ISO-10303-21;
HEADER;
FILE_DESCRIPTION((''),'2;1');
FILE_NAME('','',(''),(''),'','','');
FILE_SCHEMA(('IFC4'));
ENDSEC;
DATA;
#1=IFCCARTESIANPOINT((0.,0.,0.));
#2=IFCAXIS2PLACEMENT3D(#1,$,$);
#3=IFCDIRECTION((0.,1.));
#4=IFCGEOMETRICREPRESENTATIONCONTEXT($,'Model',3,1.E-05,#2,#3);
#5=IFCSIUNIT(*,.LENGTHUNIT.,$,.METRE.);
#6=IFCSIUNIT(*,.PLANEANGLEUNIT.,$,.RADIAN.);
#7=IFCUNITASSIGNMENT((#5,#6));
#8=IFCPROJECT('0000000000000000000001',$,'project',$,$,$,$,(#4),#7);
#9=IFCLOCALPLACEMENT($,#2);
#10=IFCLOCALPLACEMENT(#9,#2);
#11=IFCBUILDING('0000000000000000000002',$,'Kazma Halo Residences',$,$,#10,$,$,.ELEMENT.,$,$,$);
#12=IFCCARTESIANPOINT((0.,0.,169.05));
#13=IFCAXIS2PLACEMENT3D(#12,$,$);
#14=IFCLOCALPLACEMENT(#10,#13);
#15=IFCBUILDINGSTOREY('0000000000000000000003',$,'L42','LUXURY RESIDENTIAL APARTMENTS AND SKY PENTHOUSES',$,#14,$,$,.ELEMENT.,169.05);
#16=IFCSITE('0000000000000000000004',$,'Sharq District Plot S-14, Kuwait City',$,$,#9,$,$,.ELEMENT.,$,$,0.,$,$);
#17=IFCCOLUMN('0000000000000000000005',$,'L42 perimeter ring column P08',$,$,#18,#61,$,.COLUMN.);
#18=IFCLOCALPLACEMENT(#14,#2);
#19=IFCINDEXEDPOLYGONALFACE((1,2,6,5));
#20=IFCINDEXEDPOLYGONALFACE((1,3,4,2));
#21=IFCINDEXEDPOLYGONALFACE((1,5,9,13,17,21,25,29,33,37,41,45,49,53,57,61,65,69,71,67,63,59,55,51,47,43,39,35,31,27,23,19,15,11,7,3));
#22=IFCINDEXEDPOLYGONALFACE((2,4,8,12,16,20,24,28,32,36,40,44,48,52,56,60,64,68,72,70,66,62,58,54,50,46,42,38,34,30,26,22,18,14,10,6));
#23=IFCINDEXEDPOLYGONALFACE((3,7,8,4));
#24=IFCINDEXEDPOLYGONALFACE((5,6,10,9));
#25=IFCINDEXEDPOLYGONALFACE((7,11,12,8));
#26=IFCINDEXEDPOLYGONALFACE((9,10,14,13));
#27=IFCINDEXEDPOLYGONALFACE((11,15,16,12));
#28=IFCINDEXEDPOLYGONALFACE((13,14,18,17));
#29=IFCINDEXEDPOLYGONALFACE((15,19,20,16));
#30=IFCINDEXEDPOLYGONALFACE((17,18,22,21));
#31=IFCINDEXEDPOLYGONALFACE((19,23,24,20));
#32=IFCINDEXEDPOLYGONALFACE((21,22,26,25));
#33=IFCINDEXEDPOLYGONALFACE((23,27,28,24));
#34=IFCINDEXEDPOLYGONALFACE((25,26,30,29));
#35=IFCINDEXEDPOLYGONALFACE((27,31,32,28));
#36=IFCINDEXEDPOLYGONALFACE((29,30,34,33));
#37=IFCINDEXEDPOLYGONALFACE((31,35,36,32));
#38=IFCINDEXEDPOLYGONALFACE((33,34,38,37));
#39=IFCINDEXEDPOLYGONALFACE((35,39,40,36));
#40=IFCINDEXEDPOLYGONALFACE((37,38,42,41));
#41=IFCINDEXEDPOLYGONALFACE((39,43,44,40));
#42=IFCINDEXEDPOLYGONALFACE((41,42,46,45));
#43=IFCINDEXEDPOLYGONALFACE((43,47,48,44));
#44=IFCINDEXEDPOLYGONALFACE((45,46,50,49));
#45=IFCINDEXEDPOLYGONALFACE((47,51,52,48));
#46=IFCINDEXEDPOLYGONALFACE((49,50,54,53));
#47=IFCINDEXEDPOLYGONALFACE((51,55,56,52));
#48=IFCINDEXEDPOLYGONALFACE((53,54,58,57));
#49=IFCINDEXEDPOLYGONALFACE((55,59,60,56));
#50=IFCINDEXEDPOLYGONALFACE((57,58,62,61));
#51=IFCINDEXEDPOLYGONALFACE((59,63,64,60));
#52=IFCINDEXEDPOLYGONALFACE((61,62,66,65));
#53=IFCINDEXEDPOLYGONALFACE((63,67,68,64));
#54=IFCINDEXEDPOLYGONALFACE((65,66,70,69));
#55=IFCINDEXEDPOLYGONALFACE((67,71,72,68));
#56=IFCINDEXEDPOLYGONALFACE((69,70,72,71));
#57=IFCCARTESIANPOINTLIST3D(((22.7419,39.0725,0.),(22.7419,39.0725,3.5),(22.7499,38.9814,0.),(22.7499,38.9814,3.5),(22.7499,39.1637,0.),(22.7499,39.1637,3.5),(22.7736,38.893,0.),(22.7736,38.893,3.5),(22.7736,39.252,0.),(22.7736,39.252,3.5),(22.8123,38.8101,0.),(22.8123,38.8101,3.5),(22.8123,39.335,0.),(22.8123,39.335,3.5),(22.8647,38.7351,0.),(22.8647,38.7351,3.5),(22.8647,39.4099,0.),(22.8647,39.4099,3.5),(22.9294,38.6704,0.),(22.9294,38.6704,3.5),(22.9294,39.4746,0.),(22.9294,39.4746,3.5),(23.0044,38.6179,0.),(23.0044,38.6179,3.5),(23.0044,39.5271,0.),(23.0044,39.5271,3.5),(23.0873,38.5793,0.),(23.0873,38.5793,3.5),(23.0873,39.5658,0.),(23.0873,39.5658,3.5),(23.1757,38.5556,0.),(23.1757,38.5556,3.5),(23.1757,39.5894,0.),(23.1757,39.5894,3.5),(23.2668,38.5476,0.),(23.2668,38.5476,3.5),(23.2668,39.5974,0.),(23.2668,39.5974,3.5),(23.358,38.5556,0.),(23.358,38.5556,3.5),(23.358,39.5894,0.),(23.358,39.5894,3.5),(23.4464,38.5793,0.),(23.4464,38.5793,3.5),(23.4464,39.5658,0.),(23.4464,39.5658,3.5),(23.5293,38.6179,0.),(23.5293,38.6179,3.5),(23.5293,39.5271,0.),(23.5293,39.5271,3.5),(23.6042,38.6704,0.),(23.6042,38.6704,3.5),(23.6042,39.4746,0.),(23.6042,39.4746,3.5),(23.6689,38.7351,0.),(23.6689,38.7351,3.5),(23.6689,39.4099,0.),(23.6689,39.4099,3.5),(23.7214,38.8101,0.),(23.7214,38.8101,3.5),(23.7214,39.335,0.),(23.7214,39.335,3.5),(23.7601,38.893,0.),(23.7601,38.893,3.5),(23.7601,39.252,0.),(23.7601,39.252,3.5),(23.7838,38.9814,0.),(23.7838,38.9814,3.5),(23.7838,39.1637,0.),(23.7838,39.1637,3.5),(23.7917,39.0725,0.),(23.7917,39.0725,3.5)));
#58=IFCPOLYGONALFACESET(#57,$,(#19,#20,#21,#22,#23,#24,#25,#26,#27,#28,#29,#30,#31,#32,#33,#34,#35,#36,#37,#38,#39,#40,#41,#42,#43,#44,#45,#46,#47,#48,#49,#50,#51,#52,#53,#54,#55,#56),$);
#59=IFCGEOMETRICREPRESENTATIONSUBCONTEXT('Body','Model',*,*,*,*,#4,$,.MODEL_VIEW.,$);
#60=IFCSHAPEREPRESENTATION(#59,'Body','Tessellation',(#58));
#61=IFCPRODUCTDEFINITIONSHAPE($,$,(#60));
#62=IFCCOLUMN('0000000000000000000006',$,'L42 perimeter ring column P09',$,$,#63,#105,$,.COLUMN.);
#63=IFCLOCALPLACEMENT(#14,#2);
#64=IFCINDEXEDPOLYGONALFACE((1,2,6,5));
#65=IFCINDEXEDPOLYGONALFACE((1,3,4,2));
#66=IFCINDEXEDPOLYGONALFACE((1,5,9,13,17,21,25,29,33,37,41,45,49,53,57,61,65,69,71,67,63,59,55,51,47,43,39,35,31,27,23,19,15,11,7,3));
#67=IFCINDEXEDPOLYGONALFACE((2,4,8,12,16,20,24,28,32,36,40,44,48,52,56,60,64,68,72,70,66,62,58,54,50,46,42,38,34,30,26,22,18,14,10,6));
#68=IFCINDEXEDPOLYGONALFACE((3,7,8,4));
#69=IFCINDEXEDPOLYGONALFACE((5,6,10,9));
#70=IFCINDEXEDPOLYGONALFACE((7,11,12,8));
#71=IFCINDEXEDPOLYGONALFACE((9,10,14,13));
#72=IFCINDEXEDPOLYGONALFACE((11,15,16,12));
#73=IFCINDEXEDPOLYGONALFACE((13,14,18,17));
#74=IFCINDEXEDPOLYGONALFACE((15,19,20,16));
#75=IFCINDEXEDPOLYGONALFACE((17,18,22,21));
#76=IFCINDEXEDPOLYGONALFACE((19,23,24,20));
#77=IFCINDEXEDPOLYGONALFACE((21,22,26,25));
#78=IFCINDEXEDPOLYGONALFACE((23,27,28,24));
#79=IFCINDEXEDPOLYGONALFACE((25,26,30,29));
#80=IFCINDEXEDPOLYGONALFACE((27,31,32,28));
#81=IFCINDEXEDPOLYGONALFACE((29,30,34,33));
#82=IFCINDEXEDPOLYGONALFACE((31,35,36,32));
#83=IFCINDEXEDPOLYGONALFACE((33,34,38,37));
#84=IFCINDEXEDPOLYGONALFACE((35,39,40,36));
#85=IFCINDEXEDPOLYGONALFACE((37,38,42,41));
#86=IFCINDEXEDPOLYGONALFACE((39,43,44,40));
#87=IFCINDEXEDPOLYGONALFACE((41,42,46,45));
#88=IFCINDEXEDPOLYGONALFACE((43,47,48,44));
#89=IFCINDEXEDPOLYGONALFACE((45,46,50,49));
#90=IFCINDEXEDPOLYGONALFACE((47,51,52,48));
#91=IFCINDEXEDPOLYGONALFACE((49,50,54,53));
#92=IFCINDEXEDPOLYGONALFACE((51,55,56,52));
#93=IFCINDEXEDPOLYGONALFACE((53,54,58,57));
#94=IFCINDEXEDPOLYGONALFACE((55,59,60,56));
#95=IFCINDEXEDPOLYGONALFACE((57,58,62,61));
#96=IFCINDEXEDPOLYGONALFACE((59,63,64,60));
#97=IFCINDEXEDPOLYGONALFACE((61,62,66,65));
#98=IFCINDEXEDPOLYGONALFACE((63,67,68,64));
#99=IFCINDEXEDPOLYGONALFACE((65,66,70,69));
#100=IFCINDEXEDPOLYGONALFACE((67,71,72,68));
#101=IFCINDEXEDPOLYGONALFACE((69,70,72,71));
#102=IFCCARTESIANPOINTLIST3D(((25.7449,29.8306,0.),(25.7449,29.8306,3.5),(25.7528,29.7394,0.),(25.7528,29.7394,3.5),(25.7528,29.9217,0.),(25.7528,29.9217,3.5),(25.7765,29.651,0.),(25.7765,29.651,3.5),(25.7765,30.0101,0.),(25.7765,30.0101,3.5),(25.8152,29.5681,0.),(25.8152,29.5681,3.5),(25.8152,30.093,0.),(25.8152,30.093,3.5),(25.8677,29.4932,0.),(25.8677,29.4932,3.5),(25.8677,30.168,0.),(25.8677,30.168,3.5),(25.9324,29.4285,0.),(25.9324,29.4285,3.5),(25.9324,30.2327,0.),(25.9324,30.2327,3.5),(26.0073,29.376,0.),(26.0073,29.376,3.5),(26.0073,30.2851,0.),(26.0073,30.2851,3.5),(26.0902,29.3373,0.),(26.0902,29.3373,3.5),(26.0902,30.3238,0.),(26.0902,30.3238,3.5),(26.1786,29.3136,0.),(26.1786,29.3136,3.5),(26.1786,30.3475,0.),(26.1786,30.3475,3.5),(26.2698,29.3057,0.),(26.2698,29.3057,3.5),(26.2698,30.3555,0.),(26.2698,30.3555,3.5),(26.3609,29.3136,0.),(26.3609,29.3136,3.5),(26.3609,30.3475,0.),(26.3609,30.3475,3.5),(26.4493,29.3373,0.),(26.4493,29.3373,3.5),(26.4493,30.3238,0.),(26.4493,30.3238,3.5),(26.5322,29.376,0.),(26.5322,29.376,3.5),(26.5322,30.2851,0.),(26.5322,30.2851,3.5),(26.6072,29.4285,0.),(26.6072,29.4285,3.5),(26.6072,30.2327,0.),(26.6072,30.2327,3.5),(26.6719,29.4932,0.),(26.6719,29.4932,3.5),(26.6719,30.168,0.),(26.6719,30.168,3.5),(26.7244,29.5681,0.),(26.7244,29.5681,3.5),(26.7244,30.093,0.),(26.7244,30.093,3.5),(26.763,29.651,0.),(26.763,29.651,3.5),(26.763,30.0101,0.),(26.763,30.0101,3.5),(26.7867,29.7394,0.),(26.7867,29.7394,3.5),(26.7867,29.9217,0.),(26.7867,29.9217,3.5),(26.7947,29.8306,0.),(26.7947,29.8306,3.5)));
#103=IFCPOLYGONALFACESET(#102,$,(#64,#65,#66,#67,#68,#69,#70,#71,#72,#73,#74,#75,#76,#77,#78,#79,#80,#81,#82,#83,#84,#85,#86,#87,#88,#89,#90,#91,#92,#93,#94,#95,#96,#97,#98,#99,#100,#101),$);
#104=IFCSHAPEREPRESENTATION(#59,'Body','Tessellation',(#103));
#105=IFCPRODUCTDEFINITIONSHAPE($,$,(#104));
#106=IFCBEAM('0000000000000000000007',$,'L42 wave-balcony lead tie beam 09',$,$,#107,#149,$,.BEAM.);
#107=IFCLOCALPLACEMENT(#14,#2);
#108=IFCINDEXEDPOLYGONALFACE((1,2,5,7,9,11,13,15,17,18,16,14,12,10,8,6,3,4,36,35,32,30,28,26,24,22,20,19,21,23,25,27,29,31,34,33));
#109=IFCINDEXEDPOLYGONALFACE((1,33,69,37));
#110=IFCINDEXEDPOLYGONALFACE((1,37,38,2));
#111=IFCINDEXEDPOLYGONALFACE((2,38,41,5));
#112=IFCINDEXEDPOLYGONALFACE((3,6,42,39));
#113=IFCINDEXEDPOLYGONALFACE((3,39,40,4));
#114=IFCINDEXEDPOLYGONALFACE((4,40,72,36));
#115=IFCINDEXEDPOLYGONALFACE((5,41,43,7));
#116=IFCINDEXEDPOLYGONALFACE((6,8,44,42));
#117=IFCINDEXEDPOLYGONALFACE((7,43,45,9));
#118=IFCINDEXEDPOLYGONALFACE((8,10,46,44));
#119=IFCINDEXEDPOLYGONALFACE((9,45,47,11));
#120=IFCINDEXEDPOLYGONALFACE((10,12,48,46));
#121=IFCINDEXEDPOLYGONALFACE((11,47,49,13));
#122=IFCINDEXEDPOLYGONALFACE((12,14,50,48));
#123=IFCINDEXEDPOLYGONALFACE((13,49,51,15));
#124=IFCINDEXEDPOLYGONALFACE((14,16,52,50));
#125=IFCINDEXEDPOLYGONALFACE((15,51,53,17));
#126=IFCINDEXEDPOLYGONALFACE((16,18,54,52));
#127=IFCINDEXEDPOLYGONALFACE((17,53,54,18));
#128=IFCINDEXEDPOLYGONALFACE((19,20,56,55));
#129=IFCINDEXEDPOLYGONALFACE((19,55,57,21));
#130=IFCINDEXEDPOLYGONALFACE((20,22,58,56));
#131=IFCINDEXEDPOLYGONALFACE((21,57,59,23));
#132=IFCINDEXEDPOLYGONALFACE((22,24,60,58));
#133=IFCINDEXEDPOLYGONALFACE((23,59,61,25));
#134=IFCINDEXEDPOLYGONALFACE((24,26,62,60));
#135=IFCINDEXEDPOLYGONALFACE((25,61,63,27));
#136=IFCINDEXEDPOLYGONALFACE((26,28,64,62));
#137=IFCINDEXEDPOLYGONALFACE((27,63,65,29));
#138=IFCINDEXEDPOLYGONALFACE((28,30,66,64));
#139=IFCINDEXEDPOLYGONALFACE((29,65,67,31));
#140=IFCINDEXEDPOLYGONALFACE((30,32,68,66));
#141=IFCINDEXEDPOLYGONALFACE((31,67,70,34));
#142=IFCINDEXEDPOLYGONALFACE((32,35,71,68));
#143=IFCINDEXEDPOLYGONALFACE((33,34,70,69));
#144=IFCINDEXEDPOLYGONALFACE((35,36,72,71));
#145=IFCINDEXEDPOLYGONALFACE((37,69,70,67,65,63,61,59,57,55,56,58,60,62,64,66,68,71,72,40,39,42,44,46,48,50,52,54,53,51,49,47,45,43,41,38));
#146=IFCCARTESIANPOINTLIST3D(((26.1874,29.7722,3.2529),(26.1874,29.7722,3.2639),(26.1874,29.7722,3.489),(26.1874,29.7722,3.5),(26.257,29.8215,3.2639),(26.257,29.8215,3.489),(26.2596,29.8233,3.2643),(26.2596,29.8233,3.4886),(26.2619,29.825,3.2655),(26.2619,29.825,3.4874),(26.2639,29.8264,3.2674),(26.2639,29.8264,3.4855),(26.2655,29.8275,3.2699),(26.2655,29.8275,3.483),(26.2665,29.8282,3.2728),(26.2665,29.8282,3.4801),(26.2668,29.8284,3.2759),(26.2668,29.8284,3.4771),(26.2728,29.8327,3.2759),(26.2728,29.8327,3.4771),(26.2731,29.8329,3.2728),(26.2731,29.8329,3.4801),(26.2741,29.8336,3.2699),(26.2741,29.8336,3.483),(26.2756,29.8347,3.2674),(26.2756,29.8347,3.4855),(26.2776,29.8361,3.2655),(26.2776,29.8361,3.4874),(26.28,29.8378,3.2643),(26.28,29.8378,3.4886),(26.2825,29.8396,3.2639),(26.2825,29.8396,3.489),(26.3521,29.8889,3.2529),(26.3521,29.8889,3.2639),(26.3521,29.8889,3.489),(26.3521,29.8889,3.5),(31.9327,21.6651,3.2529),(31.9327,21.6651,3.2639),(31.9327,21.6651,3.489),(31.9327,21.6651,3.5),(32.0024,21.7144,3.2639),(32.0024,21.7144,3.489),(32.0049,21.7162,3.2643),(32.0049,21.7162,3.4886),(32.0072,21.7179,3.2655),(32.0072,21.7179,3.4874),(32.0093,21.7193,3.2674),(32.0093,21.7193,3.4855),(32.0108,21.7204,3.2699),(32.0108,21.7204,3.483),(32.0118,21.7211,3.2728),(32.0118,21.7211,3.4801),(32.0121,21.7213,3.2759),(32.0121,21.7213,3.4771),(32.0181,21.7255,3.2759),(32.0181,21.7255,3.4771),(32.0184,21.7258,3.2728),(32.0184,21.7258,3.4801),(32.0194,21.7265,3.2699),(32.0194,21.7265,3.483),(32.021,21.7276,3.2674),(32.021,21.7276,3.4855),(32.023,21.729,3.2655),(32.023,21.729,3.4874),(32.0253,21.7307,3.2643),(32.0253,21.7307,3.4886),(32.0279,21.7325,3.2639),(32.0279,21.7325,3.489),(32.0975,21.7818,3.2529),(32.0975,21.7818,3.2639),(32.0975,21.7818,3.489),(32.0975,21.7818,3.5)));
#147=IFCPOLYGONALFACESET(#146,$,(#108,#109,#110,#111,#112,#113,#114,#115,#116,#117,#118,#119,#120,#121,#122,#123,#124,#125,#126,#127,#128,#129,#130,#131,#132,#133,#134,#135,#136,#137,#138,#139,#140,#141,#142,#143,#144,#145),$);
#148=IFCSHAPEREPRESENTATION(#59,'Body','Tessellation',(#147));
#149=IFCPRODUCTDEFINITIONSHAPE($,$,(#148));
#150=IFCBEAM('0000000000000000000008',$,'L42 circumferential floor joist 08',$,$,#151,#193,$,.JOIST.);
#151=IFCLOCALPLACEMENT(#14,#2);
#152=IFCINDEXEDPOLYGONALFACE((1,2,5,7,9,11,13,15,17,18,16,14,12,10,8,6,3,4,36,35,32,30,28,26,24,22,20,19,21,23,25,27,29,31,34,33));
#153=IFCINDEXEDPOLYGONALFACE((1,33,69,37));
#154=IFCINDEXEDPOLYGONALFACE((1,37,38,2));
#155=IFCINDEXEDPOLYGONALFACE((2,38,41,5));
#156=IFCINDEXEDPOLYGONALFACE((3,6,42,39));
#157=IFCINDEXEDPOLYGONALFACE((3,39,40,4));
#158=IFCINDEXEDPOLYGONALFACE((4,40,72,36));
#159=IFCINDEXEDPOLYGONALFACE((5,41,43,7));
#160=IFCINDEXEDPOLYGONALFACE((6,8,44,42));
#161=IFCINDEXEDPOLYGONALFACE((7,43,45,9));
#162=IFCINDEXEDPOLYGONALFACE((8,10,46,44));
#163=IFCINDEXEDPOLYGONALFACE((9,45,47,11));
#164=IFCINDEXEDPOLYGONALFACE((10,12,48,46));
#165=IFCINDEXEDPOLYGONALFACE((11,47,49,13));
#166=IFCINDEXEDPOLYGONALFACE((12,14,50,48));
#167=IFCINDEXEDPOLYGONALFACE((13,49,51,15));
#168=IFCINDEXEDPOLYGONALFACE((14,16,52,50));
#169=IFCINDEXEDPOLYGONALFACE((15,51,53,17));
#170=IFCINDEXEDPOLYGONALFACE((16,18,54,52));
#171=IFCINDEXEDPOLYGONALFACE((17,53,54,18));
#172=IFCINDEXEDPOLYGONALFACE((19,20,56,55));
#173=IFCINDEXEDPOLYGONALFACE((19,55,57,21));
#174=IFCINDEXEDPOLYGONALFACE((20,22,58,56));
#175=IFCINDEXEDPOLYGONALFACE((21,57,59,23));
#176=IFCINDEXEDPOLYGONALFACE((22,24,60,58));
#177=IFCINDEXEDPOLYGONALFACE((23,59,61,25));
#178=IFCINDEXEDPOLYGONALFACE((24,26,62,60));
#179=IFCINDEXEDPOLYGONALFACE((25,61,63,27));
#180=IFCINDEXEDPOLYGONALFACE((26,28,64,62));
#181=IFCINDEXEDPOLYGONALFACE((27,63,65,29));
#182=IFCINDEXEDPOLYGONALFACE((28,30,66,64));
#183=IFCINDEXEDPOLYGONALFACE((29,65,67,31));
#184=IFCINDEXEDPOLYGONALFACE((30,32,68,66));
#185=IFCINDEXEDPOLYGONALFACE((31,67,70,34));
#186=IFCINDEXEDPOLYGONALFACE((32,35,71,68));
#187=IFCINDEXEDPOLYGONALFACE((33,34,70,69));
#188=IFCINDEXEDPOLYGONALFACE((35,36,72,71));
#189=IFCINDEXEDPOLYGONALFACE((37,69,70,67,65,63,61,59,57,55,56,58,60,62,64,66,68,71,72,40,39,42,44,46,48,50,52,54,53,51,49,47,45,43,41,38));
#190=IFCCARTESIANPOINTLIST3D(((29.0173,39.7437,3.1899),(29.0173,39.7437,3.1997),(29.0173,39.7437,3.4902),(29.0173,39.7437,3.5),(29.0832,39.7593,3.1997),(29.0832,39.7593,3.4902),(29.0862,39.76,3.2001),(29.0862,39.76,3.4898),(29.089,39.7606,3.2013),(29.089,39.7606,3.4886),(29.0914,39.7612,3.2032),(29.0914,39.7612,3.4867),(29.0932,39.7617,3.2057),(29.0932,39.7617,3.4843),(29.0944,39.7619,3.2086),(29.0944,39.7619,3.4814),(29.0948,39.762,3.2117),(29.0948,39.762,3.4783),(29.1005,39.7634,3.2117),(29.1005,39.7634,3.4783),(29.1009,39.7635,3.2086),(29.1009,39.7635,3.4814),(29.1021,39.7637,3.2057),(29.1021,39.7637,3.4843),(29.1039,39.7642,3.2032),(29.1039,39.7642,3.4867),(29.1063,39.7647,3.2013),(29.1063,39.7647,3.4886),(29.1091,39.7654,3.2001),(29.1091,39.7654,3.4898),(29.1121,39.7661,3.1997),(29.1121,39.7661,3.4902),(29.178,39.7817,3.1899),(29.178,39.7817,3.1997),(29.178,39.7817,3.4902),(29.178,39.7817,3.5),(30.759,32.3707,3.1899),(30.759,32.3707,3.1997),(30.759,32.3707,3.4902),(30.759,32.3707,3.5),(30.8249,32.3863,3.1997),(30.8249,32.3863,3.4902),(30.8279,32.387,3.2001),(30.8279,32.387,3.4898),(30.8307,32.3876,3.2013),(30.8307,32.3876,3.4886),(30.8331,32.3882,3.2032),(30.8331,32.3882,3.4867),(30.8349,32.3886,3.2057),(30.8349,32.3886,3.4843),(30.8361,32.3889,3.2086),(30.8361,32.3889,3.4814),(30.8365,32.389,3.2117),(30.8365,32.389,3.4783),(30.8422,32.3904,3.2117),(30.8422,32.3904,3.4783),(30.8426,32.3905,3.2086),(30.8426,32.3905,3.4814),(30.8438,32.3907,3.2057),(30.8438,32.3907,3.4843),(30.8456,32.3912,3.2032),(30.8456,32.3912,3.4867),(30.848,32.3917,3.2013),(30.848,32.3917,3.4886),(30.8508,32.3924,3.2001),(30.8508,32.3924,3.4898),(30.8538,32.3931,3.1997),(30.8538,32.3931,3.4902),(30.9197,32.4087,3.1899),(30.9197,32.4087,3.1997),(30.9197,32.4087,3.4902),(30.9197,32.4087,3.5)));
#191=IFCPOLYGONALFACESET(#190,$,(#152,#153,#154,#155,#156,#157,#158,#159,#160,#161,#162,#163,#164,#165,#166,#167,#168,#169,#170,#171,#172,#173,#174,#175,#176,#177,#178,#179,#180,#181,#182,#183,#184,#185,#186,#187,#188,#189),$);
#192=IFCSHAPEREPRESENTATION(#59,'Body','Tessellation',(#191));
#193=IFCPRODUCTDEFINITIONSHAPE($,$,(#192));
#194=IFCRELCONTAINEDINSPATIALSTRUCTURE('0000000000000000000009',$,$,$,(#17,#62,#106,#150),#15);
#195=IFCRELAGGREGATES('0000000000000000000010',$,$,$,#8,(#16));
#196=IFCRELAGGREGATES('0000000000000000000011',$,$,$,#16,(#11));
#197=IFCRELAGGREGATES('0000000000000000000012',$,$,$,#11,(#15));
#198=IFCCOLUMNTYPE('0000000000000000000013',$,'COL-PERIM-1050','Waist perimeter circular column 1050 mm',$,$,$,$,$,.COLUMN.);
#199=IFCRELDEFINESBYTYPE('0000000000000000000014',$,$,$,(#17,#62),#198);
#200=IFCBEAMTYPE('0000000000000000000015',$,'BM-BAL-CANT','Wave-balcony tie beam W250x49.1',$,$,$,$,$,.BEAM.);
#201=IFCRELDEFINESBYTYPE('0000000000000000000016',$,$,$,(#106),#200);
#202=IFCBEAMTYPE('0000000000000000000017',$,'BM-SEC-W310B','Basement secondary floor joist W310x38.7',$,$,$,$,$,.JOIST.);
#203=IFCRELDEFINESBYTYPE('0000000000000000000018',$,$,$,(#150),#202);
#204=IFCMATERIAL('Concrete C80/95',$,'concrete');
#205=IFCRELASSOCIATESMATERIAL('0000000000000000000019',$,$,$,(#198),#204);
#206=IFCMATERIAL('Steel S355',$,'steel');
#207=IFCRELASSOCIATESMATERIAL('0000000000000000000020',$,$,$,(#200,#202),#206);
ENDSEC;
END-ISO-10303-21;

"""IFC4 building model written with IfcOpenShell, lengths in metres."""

from ifc_helpers import new_model, si_unit, direction, frame, origin, origin_2d, place, context, subcontext, project, spatial, circle, i_section, extrude, material, material_profile, profile_set, type_object, element, save


model = new_model("IFC4")

# Units and contexts
model_context = context("Model", 3, precision=1e-05, world=origin(), true_north=direction((0.0, 1.0)))
body_context = subcontext(model_context, "Body", "Model", "MODEL_VIEW")
ifc_project = project(units=[si_unit("LENGTHUNIT", "METRE"), si_unit("PLANEANGLEUNIT", "RADIAN")], contexts=[model_context])

# Site, building, storey
site_placement = place(None, origin())
site = spatial("IfcSite", under=ifc_project, at=site_placement, Name="Sharq District Plot S-14, Kuwait City", CompositionType="ELEMENT", RefElevation=0.0)
building_placement = place(site_placement, origin())
building = spatial("IfcBuilding", under=site, at=building_placement, Name="Kazma Halo Residences", CompositionType="ELEMENT")
storey_placement = place(building_placement, frame((0.0, 0.0, 169.05)))
storey = spatial("IfcBuildingStorey", under=building, at=storey_placement, Name="L42", Description="LUXURY RESIDENTIAL APARTMENTS AND SKY PENTHOUSES", CompositionType="ELEMENT", Elevation=169.05)

# Columns
ifc_material_1 = material(Name="Concrete C80/95", Category="concrete")
ifc_material_profile_1 = material_profile(ifc_material_1, circle(Radius=0.5249, at=origin_2d()), Name="CIRC1050")
ifc_profile_set_1 = profile_set([ifc_material_profile_1], Name="Concrete C80/95")
column_type = type_object("IfcColumnType", Name="COL-PERIM-1050", Description="Waist perimeter circular column 1050 mm", PredefinedType="COLUMN", material=ifc_profile_set_1)
for number, where, z_axis, x_axis, name in (
    (1, (23.2668, 39.0725, 0.0), (0.0, 0.0, 1.0), (1.0, 0.0, 0.0), "L42 perimeter ring column P08"),
    (2, (26.2698, 29.8306, 0.0), (0.0, 0.0, 1.0), (1.0, 0.0, 0.0), "L42 perimeter ring column P09"),
):
    element("IfcColumn", number, at=place(storey_placement, frame(where, z_axis=z_axis, x_axis=x_axis)), inside=storey, type_object=column_type, Name=name, PredefinedType="COLUMN", context=body_context, shape_type="SweptSolid", body=[
        extrude(circle(Radius=0.5249, at=origin_2d()), origin(), (0.0, 0.0, 1.0), 3.5),
    ])

# Beams
ifc_material_2 = material(Name="Steel S355", Category="steel")
ifc_material_profile_2 = material_profile(ifc_material_2, i_section(OverallWidth=0.2019, OverallDepth=0.2471, WebThickness=0.0073, FlangeThickness=0.011, FilletRadius=0.012, at=origin_2d()), Name="W250x49.1")
ifc_profile_set_2 = profile_set([ifc_material_profile_2], Name="Steel S355")
beam_type_1 = type_object("IfcBeamType", Name="BM-BAL-CANT", Description="Wave-balcony tie beam W250x49.1", PredefinedType="BEAM", material=ifc_profile_set_2)
beam_1_placement = place(storey_placement, frame((26.2698, 29.8306, 3.3765), z_axis=(0.578203, -0.815893, 0.0), x_axis=(0.815893, 0.578203, 0.0)))
element("IfcBeam", 3, at=beam_1_placement, inside=storey, type_object=beam_type_1, Name="L42 wave-balcony lead tie beam 09", PredefinedType="BEAM", context=body_context, shape_type="SweptSolid", body=[
    extrude(i_section(OverallWidth=0.2019, OverallDepth=0.2471, WebThickness=0.0073, FlangeThickness=0.011, FilletRadius=0.012, at=origin_2d()), origin(), (0.0, 0.0, 1.0), 9.9365),
])
ifc_material_profile_3 = material_profile(ifc_material_2, i_section(OverallWidth=0.165, OverallDepth=0.3101, WebThickness=0.0059, FlangeThickness=0.0098, FilletRadius=0.012, at=origin_2d()), Name="W310x38.7")
ifc_profile_set_3 = profile_set([ifc_material_profile_3], Name="Steel S355")
beam_type_2 = type_object("IfcBeamType", Name="BM-SEC-W310B", Description="Basement secondary floor joist W310x38.7", PredefinedType="JOIST", material=ifc_profile_set_3)
beam_2_placement = place(storey_placement, frame((29.0977, 39.7627, 3.345), z_axis=(0.229898, -0.973215, 0.0), x_axis=(0.973215, 0.229898, 0.0)))
element("IfcBeam", 4, at=beam_2_placement, inside=storey, type_object=beam_type_2, Name="L42 circumferential floor joist 08", PredefinedType="JOIST", context=body_context, shape_type="SweptSolid", body=[
    extrude(i_section(OverallWidth=0.165, OverallDepth=0.3101, WebThickness=0.0059, FlangeThickness=0.0098, FilletRadius=0.012, at=origin_2d()), origin(), (0.0, 0.0, 1.0), 7.5759),
])

save(model, "model.ifc")
